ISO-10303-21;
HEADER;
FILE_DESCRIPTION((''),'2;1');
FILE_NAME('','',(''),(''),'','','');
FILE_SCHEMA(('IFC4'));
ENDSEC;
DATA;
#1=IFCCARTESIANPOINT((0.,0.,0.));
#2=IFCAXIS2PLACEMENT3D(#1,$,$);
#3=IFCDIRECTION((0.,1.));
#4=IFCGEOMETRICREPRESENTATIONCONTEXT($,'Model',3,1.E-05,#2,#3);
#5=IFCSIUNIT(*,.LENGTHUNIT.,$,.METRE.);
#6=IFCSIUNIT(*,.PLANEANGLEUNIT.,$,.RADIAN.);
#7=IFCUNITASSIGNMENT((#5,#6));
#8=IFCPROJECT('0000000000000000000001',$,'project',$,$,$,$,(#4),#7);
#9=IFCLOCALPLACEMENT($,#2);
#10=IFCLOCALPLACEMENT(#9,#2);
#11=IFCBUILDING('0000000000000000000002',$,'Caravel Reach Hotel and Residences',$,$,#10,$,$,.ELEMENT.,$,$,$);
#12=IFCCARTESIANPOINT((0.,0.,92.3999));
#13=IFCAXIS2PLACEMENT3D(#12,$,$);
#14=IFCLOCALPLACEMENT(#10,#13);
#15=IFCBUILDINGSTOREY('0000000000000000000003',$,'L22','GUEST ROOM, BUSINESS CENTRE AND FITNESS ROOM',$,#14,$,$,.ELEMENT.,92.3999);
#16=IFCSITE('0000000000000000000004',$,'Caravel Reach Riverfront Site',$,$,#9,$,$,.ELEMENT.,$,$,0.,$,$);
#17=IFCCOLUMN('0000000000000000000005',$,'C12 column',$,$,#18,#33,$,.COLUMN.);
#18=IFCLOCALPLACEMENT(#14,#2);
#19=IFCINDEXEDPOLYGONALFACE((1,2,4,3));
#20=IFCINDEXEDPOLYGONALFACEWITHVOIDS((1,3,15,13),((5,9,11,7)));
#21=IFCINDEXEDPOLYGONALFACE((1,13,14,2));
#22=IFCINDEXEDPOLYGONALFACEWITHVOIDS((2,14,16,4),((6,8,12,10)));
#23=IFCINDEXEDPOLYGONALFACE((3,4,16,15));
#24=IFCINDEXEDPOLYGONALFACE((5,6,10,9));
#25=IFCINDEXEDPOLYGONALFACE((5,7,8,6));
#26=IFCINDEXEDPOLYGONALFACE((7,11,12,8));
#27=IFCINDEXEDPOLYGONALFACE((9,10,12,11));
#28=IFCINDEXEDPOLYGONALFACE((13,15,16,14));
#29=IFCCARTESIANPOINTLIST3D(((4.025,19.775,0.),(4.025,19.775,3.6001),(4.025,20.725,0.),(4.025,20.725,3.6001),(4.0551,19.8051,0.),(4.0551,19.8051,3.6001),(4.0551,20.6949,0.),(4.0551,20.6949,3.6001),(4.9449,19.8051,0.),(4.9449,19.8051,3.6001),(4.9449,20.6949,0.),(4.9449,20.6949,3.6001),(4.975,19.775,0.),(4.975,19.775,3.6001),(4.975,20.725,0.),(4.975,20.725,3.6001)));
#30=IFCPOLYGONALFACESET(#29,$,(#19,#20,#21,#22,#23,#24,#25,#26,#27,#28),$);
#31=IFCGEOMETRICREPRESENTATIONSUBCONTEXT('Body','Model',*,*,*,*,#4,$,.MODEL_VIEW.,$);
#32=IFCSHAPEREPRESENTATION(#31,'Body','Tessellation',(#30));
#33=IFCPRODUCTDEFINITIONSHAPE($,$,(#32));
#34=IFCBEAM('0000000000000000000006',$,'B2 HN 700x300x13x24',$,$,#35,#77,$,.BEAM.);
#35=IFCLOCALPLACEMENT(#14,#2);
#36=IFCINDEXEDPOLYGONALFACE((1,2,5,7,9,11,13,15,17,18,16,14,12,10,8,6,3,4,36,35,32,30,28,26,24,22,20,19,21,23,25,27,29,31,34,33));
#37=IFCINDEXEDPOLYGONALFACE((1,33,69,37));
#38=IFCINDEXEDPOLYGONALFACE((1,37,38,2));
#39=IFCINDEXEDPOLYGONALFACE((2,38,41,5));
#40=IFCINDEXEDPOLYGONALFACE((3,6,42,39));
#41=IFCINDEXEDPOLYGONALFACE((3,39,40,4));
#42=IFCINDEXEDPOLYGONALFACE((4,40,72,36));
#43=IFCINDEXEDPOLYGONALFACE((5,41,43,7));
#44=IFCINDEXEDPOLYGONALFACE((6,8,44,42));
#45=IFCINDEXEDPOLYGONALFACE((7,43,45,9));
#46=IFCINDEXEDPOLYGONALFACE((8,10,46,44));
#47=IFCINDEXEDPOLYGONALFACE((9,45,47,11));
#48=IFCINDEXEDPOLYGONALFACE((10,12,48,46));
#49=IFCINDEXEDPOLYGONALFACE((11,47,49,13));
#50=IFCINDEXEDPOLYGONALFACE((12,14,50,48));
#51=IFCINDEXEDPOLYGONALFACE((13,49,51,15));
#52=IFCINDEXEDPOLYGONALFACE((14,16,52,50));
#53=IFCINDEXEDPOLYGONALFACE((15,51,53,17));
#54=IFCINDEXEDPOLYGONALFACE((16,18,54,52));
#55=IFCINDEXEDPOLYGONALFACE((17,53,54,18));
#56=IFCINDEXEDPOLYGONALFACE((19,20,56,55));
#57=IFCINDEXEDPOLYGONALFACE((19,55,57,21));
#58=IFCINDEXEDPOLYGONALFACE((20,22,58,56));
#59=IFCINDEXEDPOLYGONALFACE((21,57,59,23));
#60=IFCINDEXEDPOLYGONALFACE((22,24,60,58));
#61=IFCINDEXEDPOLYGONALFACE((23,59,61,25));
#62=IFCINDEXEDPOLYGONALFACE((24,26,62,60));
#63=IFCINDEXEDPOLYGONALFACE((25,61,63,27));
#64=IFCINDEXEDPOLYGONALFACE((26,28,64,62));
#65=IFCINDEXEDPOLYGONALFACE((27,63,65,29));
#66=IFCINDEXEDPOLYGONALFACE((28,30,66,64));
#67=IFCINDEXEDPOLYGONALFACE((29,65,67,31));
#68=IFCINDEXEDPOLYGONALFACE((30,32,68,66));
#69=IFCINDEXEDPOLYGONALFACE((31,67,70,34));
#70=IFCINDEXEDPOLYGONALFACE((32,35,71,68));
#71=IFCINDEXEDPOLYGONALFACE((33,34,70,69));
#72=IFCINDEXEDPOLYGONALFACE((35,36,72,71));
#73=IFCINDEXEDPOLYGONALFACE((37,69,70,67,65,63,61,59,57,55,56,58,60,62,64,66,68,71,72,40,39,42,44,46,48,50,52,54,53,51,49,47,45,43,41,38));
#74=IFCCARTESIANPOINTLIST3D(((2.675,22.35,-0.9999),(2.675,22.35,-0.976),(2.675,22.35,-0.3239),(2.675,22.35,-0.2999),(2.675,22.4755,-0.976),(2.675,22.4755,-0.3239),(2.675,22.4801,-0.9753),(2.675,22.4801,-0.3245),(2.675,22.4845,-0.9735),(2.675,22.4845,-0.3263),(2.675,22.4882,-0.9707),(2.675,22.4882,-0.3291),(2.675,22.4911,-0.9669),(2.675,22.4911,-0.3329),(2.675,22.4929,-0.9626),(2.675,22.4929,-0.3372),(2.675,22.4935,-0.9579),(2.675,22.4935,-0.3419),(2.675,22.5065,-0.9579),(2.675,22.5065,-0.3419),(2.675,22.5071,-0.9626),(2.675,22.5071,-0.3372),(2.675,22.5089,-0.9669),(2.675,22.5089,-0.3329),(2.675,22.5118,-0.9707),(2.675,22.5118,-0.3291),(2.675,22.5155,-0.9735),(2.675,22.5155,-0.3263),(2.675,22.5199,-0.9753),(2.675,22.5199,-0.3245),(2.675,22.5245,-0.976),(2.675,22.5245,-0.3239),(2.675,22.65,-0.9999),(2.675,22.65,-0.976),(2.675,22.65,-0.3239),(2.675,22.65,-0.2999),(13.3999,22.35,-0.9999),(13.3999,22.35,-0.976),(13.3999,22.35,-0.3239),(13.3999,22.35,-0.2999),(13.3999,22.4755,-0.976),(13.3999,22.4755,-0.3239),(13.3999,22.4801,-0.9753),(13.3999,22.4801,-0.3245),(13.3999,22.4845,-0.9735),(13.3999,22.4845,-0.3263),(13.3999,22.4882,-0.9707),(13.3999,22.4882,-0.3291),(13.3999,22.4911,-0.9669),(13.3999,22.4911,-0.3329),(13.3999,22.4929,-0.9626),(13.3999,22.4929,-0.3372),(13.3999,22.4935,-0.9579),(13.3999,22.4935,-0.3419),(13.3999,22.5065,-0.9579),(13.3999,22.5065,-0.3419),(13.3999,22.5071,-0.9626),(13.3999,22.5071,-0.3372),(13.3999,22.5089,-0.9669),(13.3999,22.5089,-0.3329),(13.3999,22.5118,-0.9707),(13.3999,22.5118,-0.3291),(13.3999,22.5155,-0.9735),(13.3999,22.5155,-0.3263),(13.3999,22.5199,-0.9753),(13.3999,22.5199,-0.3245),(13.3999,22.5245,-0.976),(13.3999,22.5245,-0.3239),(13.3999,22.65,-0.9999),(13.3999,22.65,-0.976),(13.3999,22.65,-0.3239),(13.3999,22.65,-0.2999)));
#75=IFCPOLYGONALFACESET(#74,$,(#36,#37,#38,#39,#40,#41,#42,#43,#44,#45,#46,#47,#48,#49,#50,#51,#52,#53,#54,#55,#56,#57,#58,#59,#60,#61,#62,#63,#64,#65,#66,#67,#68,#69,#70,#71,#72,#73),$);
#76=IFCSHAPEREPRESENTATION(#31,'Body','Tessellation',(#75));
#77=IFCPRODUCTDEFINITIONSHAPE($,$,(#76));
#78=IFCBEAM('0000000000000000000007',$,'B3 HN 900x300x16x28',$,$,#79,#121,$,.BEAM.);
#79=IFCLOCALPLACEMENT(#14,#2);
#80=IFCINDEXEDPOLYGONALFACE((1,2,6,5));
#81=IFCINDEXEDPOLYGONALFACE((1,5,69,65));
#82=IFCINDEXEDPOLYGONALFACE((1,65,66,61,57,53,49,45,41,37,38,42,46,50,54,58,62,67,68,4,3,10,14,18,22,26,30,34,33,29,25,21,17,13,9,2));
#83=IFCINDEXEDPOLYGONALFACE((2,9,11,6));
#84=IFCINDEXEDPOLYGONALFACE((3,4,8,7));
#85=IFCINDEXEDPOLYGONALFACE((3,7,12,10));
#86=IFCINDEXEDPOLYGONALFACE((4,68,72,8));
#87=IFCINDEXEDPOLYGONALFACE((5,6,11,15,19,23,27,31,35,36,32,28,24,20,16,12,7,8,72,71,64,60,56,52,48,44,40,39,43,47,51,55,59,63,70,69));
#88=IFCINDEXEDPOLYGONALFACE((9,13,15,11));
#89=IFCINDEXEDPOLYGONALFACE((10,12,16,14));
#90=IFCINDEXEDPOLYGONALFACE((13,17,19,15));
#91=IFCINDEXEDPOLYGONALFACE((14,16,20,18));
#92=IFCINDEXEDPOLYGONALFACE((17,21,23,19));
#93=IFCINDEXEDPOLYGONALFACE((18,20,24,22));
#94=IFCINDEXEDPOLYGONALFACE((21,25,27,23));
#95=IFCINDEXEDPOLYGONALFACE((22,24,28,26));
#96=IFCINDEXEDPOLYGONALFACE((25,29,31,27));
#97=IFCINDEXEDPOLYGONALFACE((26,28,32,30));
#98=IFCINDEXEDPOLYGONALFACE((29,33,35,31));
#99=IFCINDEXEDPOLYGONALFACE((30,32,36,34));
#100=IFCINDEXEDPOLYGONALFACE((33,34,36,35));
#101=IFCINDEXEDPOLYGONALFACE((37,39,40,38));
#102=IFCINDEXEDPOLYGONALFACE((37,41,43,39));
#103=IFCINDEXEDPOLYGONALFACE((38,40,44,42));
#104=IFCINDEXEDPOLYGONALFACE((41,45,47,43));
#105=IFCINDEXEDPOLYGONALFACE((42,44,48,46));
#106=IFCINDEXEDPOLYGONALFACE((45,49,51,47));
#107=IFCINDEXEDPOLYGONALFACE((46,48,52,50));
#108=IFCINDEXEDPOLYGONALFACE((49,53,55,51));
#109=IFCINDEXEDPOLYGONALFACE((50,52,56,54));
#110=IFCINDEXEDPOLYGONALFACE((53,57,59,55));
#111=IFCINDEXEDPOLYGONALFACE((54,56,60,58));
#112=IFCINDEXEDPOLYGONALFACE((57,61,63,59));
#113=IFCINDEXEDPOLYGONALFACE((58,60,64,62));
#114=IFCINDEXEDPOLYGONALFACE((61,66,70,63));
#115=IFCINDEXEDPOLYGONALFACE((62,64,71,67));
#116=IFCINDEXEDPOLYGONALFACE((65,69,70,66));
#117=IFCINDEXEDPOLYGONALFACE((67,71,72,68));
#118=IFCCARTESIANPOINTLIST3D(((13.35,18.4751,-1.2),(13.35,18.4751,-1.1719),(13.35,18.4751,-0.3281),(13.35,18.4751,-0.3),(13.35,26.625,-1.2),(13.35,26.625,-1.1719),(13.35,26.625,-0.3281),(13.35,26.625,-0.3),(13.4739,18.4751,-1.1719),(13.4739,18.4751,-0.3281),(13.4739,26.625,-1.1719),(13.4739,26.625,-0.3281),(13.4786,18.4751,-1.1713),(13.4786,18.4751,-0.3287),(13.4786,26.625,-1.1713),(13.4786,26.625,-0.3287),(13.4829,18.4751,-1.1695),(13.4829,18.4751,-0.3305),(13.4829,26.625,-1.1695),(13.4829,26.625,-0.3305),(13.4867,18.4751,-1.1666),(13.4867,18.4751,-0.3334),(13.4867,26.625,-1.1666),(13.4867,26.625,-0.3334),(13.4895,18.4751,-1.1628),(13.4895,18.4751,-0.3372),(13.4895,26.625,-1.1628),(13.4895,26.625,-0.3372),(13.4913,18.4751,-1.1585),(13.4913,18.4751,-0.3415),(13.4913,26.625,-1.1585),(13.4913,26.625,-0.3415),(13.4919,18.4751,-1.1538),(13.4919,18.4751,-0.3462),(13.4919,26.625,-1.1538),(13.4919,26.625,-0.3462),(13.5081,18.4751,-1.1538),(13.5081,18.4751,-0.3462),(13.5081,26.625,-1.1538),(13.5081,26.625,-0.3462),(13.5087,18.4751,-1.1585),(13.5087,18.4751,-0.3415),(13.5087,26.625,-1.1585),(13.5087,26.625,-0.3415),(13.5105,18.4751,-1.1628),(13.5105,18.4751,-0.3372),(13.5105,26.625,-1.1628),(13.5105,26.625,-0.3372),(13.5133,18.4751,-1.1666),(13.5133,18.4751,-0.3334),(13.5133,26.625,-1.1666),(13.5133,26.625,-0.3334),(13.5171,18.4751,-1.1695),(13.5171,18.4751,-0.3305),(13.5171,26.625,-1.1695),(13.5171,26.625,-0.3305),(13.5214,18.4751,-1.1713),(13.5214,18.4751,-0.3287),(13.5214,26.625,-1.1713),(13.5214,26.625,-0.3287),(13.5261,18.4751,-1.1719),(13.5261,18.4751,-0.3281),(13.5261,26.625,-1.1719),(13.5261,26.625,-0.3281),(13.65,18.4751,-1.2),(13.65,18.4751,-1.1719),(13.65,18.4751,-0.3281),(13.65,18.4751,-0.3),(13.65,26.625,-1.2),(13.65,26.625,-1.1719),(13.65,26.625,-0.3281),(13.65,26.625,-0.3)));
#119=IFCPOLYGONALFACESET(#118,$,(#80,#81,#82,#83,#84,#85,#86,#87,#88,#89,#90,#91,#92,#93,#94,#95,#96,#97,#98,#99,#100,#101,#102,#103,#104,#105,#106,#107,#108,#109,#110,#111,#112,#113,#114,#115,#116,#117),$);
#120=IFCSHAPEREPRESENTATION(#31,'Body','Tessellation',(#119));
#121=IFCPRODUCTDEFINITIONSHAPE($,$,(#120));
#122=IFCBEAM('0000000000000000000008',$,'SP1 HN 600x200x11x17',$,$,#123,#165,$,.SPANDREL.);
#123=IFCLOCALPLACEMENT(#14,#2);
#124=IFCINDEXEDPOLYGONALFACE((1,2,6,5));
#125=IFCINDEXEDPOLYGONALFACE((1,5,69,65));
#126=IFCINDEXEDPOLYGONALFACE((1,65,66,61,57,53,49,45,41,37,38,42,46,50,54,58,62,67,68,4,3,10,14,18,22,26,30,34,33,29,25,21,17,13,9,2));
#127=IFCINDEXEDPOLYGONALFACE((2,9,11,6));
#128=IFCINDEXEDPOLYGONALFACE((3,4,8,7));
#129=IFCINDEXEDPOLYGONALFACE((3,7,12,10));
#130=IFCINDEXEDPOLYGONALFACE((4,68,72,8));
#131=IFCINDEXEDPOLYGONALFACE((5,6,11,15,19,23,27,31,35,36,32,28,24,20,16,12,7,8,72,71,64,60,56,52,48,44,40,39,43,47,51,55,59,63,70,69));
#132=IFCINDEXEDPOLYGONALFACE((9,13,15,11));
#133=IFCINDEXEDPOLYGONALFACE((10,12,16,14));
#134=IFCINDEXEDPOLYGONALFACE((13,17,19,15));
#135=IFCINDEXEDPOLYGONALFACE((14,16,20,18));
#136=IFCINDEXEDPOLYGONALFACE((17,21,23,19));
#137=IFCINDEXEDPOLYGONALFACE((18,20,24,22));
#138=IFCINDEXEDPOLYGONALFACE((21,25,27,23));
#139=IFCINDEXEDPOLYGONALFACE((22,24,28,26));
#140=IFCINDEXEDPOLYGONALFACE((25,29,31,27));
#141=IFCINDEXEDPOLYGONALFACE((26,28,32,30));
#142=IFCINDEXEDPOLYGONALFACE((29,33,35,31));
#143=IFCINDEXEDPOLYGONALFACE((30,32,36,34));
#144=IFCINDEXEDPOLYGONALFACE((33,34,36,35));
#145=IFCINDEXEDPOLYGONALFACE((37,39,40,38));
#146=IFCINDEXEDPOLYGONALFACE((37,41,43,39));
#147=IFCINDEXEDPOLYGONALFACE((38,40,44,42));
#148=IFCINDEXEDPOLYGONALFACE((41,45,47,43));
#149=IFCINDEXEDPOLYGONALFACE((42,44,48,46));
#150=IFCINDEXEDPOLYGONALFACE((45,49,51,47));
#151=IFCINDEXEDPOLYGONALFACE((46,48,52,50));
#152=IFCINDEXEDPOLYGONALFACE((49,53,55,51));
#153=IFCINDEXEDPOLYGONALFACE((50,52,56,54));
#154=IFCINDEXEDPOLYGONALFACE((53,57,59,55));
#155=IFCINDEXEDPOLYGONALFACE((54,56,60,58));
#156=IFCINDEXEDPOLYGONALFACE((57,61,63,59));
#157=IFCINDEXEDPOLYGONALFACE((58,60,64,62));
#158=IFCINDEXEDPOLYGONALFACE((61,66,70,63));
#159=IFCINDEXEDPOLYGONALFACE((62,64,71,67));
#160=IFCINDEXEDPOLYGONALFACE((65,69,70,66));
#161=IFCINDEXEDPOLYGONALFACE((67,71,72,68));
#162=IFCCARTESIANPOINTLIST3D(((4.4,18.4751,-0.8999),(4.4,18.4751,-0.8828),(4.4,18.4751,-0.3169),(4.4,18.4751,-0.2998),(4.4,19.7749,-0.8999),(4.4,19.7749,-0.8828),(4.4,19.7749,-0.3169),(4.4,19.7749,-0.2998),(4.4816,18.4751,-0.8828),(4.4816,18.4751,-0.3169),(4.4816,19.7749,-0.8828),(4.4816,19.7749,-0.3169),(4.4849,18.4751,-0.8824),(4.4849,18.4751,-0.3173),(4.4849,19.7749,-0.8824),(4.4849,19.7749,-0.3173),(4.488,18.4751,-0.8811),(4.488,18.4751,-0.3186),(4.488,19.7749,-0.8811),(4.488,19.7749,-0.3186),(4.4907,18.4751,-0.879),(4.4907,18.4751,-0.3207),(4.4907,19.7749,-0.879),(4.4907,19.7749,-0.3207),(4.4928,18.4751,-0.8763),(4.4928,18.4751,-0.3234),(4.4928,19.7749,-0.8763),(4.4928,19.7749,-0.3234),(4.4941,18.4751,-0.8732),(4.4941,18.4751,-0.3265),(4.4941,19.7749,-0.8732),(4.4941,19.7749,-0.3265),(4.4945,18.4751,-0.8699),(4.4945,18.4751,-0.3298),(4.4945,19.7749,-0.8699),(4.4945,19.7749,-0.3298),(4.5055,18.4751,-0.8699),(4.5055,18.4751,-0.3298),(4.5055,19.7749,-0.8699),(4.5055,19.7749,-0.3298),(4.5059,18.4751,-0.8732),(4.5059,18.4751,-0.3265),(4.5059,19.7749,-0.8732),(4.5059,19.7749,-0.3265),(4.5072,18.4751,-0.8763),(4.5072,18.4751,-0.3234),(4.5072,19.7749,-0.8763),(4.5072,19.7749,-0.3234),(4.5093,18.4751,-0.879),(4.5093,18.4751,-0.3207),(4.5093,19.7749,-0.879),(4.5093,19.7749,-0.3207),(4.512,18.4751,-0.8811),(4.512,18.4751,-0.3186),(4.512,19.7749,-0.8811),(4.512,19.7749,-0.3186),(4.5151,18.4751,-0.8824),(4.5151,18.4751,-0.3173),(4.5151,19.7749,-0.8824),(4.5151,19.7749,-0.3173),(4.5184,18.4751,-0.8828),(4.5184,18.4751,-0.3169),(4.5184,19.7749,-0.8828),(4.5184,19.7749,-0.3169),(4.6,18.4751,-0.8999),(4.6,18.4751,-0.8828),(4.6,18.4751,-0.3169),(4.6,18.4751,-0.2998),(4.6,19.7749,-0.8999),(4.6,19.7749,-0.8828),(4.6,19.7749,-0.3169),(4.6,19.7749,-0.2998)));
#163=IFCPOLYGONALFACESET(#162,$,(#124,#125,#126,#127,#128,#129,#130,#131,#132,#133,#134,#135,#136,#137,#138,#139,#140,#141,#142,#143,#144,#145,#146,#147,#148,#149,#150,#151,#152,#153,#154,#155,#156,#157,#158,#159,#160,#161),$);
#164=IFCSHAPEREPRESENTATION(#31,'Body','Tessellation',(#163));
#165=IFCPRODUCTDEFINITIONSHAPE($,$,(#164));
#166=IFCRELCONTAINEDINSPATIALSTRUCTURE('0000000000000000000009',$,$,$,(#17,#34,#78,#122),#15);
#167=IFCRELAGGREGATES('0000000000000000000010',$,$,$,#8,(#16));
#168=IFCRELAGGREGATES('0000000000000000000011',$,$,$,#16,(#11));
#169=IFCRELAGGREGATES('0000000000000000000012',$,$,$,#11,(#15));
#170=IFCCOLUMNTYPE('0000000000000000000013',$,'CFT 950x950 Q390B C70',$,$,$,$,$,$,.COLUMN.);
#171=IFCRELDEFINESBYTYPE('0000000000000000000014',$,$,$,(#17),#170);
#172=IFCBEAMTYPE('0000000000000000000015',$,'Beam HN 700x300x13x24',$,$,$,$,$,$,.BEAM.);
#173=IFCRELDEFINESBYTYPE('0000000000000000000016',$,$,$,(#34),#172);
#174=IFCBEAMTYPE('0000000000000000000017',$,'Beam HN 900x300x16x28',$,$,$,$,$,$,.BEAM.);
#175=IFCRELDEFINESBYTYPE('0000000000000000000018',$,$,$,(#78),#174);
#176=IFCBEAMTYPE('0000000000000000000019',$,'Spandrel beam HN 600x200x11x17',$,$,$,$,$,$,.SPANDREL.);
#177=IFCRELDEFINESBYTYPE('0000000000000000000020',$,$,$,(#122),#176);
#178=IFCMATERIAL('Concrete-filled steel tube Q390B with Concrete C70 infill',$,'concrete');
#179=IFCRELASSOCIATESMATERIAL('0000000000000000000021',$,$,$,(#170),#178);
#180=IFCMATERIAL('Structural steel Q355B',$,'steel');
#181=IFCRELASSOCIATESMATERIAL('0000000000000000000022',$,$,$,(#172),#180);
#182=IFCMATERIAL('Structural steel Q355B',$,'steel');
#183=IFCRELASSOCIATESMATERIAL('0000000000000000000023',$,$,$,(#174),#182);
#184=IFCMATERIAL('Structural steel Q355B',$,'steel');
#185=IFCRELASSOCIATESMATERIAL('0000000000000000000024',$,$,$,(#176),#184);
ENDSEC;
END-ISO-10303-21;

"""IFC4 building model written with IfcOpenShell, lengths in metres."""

from ifc_helpers import new_model, si_unit, direction, frame, origin, origin_2d, place, context, subcontext, project, spatial, hollow_rectangle, i_section, extrude, material, material_profile, profile_set, type_object, element, save


model = new_model("IFC4")

# Units and contexts
model_context = context("Model", 3, precision=1e-05, world=origin(), true_north=direction((0.0, 1.0)))
body_context = subcontext(model_context, "Body", "Model", "MODEL_VIEW")
ifc_project = project(units=[si_unit("LENGTHUNIT", "METRE"), si_unit("PLANEANGLEUNIT", "RADIAN")], contexts=[model_context])

# Site, building, storey
site_placement = place(None, origin())
site = spatial("IfcSite", under=ifc_project, at=site_placement, Name="Caravel Reach Riverfront Site", CompositionType="ELEMENT", RefElevation=0.0)
building_placement = place(site_placement, origin())
building = spatial("IfcBuilding", under=site, at=building_placement, Name="Caravel Reach Hotel and Residences", CompositionType="ELEMENT")
storey_placement = place(building_placement, frame((0.0, 0.0, 92.3999)))
storey = spatial("IfcBuildingStorey", under=building, at=storey_placement, Name="L22", Description="GUEST ROOM, BUSINESS CENTRE AND FITNESS ROOM", CompositionType="ELEMENT", Elevation=92.3999)

# Column
ifc_material_1 = material(Name="Concrete-filled steel tube Q390B with Concrete C70 infill", Category="concrete")
ifc_material_profile_1 = material_profile(ifc_material_1, hollow_rectangle(XDim=0.95, YDim=0.95, WallThickness=0.03, at=origin_2d()), Name="RHS 950x950x30")
ifc_profile_set_1 = profile_set([ifc_material_profile_1], Name="Concrete-filled steel tube Q390B with Concrete C70 infill")
column_type = type_object("IfcColumnType", Name="CFT 950x950 Q390B C70", PredefinedType="COLUMN", material=ifc_profile_set_1)
column_placement = place(storey_placement, frame((4.5, 20.25, 0.0), z_axis=(0.0, 0.0, 1.0), x_axis=(1.0, 0.0, 0.0)))
element("IfcColumn", 1, at=column_placement, inside=storey, type_object=column_type, Name="C12 column", PredefinedType="COLUMN", context=body_context, shape_type="SweptSolid", body=[
    extrude(hollow_rectangle(XDim=0.95, YDim=0.95, WallThickness=0.03, at=origin_2d()), origin(), (0.0, 0.0, 1.0), 3.6001),
])

# Beams
ifc_material_2 = material(Name="Structural steel Q355B", Category="steel")
ifc_material_profile_2 = material_profile(ifc_material_2, i_section(OverallWidth=0.3, OverallDepth=0.7, WebThickness=0.0129, FlangeThickness=0.0239, FilletRadius=0.0181, at=origin_2d()), Name="HN 700x300x13x24")
ifc_profile_set_2 = profile_set([ifc_material_profile_2], Name="Structural steel Q355B")
beam_type_1 = type_object("IfcBeamType", Name="Beam HN 700x300x13x24", PredefinedType="BEAM", material=ifc_profile_set_2)
beam_1_placement = place(storey_placement, frame((13.3999, 22.5, -0.6499), z_axis=(-1.0, 0.0, 0.0), x_axis=(0.0, -1.0, 0.0)))
element("IfcBeam", 2, at=beam_1_placement, inside=storey, type_object=beam_type_1, Name="B2 HN 700x300x13x24", PredefinedType="BEAM", context=body_context, shape_type="SweptSolid", body=[
    extrude(i_section(OverallWidth=0.3, OverallDepth=0.7, WebThickness=0.0129, FlangeThickness=0.0239, FilletRadius=0.0181, at=origin_2d()), origin(), (0.0, 0.0, 1.0), 10.7249),
])
ifc_material_3 = material(Name="Structural steel Q355B", Category="steel")
ifc_material_profile_3 = material_profile(ifc_material_3, i_section(OverallWidth=0.3, OverallDepth=0.8999, WebThickness=0.0161, FlangeThickness=0.0281, FilletRadius=0.0181, at=origin_2d()), Name="HN 900x300x16x28")
ifc_profile_set_3 = profile_set([ifc_material_profile_3], Name="Structural steel Q355B")
beam_type_2 = type_object("IfcBeamType", Name="Beam HN 900x300x16x28", PredefinedType="BEAM", material=ifc_profile_set_3)
beam_2_placement = place(storey_placement, frame((13.5, 18.4751, -0.75), z_axis=(0.0, 1.0, 0.0), x_axis=(-1.0, 0.0, 0.0)))
element("IfcBeam", 3, at=beam_2_placement, inside=storey, type_object=beam_type_2, Name="B3 HN 900x300x16x28", PredefinedType="BEAM", context=body_context, shape_type="SweptSolid", body=[
    extrude(i_section(OverallWidth=0.3, OverallDepth=0.8999, WebThickness=0.0161, FlangeThickness=0.0281, FilletRadius=0.0181, at=origin_2d()), origin(), (0.0, 0.0, 1.0), 8.1499),
])
ifc_material_4 = material(Name="Structural steel Q355B", Category="steel")
ifc_material_profile_4 = material_profile(ifc_material_4, i_section(OverallWidth=0.2, OverallDepth=0.6001, WebThickness=0.011, FlangeThickness=0.0171, FilletRadius=0.0129, at=origin_2d()), Name="HN 600x200x11x17")
ifc_profile_set_4 = profile_set([ifc_material_profile_4], Name="Structural steel Q355B")
beam_type_3 = type_object("IfcBeamType", Name="Spandrel beam HN 600x200x11x17", PredefinedType="SPANDREL", material=ifc_profile_set_4)
beam_3_placement = place(storey_placement, frame((4.5, 19.7749, -0.5999), z_axis=(0.0, -1.0, 0.0), x_axis=(1.0, 0.0, 0.0)))
element("IfcBeam", 4, at=beam_3_placement, inside=storey, type_object=beam_type_3, Name="SP1 HN 600x200x11x17", PredefinedType="SPANDREL", context=body_context, shape_type="SweptSolid", body=[
    extrude(i_section(OverallWidth=0.2, OverallDepth=0.6001, WebThickness=0.011, FlangeThickness=0.0171, FilletRadius=0.0129, at=origin_2d()), origin(), (0.0, 0.0, 1.0), 1.2998),
])

save(model, "model.ifc")
